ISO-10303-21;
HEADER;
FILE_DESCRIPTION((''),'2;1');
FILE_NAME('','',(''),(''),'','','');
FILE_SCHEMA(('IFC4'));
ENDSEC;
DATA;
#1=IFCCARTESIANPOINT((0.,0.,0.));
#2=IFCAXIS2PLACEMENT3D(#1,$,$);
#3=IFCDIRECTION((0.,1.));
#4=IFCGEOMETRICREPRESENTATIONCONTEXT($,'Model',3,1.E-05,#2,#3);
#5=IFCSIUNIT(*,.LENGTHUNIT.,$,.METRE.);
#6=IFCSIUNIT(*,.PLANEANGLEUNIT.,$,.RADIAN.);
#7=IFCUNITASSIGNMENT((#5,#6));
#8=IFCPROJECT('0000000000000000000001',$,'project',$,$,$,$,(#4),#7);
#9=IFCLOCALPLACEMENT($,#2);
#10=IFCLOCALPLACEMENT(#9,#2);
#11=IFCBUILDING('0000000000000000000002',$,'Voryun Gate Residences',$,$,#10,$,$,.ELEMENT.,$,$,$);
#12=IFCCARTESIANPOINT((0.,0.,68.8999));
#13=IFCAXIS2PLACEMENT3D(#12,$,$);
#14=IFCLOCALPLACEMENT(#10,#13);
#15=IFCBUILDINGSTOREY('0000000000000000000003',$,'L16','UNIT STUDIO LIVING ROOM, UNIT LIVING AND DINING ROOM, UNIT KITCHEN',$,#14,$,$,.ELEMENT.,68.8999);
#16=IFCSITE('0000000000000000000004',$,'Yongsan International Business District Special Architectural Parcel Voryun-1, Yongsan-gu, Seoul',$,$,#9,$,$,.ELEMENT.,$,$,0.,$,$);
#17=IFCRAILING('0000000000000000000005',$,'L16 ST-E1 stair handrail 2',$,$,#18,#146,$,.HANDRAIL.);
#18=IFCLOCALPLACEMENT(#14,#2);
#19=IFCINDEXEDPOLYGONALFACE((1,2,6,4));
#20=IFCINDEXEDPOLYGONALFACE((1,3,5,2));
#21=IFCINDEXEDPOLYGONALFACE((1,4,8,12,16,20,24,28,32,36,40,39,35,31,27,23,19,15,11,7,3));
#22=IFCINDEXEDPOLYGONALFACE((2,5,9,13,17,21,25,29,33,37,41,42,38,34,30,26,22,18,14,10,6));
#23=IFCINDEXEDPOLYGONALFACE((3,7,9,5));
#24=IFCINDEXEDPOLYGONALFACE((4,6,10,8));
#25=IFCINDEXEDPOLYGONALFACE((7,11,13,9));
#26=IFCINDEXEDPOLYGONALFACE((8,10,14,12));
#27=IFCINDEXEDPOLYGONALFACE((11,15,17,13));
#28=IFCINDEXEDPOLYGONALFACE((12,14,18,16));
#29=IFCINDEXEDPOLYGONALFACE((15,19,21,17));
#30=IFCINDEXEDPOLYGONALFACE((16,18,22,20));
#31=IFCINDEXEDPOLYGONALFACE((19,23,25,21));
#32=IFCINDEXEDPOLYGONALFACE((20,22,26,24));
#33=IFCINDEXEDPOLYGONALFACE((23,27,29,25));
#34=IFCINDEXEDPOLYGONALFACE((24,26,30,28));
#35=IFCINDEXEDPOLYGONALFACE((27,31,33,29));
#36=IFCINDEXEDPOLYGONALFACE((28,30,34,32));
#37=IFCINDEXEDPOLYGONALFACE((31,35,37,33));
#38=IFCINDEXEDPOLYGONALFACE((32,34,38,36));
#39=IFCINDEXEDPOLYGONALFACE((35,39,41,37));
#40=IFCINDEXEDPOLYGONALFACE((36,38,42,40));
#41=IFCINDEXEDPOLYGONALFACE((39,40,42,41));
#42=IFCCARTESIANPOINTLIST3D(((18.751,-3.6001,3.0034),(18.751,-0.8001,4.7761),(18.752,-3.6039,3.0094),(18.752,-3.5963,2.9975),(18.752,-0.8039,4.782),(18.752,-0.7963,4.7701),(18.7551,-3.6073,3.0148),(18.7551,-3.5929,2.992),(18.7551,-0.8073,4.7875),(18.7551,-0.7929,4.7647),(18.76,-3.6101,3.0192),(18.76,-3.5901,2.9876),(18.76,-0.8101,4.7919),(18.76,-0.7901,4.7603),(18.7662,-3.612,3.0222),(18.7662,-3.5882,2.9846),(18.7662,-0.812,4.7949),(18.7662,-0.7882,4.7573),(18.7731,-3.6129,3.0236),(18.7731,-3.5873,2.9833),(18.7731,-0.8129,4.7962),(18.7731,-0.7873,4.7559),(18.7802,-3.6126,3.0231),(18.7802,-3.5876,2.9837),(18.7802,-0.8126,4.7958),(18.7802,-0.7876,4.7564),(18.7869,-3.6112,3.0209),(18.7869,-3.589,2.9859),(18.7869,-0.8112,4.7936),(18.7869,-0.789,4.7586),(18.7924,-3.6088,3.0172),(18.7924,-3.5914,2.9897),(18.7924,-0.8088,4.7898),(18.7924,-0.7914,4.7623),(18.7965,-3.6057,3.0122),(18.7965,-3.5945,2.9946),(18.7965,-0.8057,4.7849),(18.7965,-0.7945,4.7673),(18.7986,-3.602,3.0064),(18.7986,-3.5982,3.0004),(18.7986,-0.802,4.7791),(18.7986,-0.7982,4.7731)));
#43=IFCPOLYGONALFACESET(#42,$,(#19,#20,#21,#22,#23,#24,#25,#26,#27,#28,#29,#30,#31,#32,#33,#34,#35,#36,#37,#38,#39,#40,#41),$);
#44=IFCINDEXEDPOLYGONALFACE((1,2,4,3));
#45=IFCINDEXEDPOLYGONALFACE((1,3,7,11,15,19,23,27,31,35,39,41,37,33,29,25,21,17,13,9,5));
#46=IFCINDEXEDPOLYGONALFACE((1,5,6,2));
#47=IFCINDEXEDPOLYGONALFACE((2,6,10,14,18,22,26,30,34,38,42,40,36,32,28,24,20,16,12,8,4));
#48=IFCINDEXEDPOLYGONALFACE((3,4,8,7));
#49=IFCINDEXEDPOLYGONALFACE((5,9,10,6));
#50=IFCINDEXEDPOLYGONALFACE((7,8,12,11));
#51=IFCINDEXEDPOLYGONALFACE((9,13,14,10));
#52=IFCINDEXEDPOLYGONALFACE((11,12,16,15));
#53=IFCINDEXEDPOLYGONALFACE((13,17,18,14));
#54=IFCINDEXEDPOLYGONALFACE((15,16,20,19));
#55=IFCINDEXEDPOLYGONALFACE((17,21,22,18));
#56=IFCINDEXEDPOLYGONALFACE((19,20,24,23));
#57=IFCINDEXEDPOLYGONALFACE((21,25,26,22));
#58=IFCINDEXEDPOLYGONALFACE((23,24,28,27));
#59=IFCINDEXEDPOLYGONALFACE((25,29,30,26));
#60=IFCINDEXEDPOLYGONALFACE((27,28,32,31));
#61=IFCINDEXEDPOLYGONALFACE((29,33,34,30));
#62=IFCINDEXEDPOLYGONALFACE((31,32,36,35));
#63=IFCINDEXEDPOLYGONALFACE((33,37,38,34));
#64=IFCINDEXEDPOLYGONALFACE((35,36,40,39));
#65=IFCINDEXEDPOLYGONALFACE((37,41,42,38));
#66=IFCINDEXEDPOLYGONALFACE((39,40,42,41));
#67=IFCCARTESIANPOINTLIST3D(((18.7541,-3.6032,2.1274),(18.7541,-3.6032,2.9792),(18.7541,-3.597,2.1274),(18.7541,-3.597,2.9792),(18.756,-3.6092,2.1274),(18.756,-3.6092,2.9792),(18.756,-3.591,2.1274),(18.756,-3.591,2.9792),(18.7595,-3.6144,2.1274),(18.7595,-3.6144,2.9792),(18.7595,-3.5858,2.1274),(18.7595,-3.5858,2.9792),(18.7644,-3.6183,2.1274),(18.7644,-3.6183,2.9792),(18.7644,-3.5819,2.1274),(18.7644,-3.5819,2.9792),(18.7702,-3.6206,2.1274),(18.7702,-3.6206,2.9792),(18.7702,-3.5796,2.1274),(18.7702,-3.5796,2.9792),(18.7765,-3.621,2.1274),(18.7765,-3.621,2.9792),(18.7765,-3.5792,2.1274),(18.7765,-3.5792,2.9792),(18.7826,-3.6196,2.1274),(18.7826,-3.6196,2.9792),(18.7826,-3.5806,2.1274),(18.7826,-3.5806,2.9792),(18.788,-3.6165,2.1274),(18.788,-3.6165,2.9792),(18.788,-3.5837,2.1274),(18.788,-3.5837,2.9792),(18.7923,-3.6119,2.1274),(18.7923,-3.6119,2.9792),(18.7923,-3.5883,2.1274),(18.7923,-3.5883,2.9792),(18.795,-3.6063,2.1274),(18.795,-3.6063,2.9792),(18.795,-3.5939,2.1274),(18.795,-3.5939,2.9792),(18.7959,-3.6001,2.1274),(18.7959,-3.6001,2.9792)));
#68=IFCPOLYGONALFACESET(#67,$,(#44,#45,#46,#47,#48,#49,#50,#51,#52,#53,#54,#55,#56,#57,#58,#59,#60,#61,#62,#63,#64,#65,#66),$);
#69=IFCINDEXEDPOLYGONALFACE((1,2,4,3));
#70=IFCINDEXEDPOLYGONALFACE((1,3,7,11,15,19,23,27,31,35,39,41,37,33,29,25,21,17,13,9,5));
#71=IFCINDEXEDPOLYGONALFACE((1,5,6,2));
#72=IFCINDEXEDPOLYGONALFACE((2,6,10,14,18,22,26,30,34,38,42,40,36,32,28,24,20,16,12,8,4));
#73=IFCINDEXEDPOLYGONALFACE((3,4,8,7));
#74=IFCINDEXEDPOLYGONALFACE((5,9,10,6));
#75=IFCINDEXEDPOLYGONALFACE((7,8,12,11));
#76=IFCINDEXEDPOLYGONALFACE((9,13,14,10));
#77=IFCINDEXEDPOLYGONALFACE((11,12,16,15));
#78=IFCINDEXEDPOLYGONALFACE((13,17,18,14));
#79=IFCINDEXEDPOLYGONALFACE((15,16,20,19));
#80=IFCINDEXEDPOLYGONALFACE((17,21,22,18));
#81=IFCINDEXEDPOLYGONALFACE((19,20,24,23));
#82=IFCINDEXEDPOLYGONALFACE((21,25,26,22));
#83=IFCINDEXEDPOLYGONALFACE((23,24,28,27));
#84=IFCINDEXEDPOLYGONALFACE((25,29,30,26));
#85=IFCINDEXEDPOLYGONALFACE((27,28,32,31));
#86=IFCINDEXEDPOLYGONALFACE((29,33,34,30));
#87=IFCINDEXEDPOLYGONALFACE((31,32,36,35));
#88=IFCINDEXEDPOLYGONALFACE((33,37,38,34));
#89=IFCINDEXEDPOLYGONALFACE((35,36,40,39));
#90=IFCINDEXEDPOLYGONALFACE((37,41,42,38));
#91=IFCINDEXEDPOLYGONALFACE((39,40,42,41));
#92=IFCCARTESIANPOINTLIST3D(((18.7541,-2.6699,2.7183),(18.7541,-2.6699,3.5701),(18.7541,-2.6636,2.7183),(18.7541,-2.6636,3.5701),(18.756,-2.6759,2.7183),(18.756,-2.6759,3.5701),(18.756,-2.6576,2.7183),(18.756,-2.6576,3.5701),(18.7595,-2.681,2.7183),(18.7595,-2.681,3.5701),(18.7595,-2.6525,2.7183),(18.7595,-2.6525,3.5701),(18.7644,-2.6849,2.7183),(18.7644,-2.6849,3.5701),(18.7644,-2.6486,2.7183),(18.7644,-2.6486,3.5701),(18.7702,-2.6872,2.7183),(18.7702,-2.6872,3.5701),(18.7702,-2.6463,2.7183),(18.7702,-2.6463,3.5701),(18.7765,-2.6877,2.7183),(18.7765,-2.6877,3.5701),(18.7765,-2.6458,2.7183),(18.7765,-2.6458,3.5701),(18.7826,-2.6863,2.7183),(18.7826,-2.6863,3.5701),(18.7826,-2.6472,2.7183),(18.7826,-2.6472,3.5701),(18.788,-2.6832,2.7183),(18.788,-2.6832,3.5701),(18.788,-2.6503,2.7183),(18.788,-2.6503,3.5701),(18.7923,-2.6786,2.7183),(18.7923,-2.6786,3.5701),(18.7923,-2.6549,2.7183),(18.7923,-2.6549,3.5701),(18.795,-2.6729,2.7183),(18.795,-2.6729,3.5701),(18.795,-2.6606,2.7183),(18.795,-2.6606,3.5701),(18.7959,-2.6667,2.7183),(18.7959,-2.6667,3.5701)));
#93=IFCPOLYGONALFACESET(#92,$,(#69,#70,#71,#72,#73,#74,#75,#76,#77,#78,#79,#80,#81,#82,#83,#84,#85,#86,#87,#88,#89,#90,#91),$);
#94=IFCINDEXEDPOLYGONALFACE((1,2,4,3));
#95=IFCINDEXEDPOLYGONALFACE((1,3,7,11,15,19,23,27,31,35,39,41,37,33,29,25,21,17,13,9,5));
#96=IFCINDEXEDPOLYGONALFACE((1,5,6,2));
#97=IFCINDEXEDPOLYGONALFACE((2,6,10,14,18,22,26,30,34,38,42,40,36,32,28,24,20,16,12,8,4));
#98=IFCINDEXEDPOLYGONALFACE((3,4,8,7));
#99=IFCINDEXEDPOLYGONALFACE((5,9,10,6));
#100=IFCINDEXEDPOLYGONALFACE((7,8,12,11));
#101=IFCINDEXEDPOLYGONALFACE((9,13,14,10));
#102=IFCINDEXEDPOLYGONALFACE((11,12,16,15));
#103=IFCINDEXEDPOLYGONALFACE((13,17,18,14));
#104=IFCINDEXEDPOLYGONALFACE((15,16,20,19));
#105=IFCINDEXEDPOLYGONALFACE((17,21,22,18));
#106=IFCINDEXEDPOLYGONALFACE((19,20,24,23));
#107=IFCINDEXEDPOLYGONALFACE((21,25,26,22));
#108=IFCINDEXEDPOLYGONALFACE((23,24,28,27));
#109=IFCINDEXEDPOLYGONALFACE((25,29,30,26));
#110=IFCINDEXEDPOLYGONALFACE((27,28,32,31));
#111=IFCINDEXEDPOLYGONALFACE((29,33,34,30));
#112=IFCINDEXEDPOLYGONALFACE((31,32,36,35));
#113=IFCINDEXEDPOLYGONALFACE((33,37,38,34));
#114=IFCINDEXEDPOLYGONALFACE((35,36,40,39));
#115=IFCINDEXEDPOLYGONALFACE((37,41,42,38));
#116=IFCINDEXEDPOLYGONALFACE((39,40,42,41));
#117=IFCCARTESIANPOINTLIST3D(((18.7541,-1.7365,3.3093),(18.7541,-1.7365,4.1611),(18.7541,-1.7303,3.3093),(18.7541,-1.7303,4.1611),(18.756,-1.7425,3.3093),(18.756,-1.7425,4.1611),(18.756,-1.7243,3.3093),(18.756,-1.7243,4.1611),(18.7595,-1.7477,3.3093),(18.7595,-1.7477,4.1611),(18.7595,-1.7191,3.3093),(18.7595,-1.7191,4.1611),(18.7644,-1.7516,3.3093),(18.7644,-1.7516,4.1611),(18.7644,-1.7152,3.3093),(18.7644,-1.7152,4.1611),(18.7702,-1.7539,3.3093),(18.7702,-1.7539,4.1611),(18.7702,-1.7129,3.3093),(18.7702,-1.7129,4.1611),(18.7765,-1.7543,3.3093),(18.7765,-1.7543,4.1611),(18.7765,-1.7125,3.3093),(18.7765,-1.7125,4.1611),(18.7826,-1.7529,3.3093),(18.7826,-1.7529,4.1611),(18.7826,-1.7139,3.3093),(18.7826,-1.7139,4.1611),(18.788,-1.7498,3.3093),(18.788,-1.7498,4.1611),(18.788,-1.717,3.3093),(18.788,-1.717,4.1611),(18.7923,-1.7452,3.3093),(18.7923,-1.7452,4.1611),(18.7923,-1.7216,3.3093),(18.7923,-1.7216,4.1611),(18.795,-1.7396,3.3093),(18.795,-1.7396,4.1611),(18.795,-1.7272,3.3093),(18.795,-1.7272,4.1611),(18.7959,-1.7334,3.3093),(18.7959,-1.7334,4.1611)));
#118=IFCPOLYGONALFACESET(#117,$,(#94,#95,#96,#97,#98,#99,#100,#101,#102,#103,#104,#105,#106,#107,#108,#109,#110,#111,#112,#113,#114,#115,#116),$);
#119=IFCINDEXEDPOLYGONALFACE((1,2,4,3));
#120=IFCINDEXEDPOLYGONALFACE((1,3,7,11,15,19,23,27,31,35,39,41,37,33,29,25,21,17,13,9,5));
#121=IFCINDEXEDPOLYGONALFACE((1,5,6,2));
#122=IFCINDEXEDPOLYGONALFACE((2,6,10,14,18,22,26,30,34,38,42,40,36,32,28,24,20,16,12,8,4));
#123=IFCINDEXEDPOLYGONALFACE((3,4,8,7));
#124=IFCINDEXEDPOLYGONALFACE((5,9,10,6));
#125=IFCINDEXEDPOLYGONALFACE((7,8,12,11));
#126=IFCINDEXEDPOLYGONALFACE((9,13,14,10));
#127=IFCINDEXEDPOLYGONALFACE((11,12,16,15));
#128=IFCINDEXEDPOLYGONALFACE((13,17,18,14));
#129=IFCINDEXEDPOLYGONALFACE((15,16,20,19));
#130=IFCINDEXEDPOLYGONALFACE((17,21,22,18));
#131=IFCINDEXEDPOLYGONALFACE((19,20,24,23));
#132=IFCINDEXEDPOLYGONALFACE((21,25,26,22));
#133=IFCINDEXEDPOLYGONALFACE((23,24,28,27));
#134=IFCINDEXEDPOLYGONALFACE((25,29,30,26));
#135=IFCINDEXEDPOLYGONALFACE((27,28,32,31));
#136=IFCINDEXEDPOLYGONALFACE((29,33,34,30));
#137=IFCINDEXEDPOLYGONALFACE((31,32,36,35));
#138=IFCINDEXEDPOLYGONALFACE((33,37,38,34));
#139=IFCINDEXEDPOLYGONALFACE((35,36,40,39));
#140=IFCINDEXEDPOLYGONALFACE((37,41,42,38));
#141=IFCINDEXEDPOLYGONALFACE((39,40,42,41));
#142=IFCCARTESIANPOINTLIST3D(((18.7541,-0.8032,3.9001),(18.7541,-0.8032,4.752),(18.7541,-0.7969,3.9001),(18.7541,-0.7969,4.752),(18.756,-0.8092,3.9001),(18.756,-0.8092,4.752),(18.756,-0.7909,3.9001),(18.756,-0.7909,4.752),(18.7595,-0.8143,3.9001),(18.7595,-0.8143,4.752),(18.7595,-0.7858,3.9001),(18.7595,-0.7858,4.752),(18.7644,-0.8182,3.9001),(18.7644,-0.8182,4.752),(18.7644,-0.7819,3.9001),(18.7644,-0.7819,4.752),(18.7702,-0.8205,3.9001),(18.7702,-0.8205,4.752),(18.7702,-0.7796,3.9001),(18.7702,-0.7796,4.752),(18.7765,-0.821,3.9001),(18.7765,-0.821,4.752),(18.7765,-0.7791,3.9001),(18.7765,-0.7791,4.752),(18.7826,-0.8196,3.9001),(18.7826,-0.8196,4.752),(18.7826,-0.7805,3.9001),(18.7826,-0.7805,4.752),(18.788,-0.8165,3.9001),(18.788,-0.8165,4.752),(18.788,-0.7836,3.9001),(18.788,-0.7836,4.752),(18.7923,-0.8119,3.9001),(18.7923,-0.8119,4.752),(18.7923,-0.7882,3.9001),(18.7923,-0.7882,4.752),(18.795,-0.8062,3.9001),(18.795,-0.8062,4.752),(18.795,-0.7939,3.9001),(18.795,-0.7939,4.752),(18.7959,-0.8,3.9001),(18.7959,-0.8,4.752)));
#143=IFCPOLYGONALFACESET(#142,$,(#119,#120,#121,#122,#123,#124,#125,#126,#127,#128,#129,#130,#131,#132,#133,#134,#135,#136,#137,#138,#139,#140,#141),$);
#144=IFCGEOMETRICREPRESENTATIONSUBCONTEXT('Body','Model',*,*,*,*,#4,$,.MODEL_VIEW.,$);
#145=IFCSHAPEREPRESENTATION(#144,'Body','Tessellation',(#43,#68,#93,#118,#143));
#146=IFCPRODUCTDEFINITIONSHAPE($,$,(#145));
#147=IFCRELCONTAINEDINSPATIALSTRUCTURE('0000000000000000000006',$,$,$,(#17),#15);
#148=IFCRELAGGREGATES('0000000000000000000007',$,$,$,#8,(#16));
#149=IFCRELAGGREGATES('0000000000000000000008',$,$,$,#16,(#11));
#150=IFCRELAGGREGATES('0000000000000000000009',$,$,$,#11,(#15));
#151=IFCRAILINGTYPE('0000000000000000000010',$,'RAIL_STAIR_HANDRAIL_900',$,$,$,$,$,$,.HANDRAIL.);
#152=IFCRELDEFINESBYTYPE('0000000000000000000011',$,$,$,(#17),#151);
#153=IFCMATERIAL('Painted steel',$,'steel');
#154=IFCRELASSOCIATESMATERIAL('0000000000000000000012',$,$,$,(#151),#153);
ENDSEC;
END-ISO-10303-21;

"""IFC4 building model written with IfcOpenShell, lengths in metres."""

from ifc_helpers import new_model, si_unit, direction, frame, origin, origin_2d, place, context, subcontext, project, spatial, circle, extrude, material, type_object, element, save


model = new_model("IFC4")

# Units and contexts
model_context = context("Model", 3, precision=1e-05, world=origin(), true_north=direction((0.0, 1.0)))
body_context = subcontext(model_context, "Body", "Model", "MODEL_VIEW")
ifc_project = project(units=[si_unit("LENGTHUNIT", "METRE"), si_unit("PLANEANGLEUNIT", "RADIAN")], contexts=[model_context])

# Site, building, storey
site_placement = place(None, origin())
site = spatial("IfcSite", under=ifc_project, at=site_placement, Name="Yongsan International Business District Special Architectural Parcel Voryun-1, Yongsan-gu, Seoul", CompositionType="ELEMENT", RefElevation=0.0)
building_placement = place(site_placement, origin())
building = spatial("IfcBuilding", under=site, at=building_placement, Name="Voryun Gate Residences", CompositionType="ELEMENT")
storey_placement = place(building_placement, frame((0.0, 0.0, 68.8999)))
storey = spatial("IfcBuildingStorey", under=building, at=storey_placement, Name="L16", Description="UNIT STUDIO LIVING ROOM, UNIT LIVING AND DINING ROOM, UNIT KITCHEN", CompositionType="ELEMENT", Elevation=68.8999)

# Railing
ifc_material_1 = material(Name="Painted steel", Category="steel")
railing_type_1 = type_object("IfcRailingType", Name="RAIL_STAIR_HANDRAIL_900", PredefinedType="HANDRAIL", material=ifc_material_1)
railing_1_placement = place(storey_placement, frame((18.7749, -3.6001, 2.1274)))
element("IfcRailing", 1, at=railing_1_placement, inside=storey, type_object=railing_type_1, Name="L16 ST-E1 stair handrail 2", PredefinedType="HANDRAIL", context=body_context, shape_type="SweptSolid", body=[
    extrude(circle(Radius=0.0239, at=origin_2d()), frame((0.0, 0.0, 0.876), z_axis=(0.0, 0.844909, 0.53491), x_axis=(-1.0, 0.0, 0.0)), (0.0, 0.0, 1.0), 3.314),
    extrude(circle(Radius=0.021, at=origin_2d()), origin(), (0.0, 0.0, 1.0), 0.8518),
    extrude(circle(Radius=0.021, at=origin_2d()), frame((0.0, 0.9333, 0.5908)), (0.0, 0.0, 1.0), 0.8518),
    extrude(circle(Radius=0.021, at=origin_2d()), frame((0.0, 1.8667, 1.1819)), (0.0, 0.0, 1.0), 0.8518),
    extrude(circle(Radius=0.021, at=origin_2d()), frame((0.0, 2.8, 1.7727)), (0.0, 0.0, 1.0), 0.8518),
])

save(model, "model.ifc")
